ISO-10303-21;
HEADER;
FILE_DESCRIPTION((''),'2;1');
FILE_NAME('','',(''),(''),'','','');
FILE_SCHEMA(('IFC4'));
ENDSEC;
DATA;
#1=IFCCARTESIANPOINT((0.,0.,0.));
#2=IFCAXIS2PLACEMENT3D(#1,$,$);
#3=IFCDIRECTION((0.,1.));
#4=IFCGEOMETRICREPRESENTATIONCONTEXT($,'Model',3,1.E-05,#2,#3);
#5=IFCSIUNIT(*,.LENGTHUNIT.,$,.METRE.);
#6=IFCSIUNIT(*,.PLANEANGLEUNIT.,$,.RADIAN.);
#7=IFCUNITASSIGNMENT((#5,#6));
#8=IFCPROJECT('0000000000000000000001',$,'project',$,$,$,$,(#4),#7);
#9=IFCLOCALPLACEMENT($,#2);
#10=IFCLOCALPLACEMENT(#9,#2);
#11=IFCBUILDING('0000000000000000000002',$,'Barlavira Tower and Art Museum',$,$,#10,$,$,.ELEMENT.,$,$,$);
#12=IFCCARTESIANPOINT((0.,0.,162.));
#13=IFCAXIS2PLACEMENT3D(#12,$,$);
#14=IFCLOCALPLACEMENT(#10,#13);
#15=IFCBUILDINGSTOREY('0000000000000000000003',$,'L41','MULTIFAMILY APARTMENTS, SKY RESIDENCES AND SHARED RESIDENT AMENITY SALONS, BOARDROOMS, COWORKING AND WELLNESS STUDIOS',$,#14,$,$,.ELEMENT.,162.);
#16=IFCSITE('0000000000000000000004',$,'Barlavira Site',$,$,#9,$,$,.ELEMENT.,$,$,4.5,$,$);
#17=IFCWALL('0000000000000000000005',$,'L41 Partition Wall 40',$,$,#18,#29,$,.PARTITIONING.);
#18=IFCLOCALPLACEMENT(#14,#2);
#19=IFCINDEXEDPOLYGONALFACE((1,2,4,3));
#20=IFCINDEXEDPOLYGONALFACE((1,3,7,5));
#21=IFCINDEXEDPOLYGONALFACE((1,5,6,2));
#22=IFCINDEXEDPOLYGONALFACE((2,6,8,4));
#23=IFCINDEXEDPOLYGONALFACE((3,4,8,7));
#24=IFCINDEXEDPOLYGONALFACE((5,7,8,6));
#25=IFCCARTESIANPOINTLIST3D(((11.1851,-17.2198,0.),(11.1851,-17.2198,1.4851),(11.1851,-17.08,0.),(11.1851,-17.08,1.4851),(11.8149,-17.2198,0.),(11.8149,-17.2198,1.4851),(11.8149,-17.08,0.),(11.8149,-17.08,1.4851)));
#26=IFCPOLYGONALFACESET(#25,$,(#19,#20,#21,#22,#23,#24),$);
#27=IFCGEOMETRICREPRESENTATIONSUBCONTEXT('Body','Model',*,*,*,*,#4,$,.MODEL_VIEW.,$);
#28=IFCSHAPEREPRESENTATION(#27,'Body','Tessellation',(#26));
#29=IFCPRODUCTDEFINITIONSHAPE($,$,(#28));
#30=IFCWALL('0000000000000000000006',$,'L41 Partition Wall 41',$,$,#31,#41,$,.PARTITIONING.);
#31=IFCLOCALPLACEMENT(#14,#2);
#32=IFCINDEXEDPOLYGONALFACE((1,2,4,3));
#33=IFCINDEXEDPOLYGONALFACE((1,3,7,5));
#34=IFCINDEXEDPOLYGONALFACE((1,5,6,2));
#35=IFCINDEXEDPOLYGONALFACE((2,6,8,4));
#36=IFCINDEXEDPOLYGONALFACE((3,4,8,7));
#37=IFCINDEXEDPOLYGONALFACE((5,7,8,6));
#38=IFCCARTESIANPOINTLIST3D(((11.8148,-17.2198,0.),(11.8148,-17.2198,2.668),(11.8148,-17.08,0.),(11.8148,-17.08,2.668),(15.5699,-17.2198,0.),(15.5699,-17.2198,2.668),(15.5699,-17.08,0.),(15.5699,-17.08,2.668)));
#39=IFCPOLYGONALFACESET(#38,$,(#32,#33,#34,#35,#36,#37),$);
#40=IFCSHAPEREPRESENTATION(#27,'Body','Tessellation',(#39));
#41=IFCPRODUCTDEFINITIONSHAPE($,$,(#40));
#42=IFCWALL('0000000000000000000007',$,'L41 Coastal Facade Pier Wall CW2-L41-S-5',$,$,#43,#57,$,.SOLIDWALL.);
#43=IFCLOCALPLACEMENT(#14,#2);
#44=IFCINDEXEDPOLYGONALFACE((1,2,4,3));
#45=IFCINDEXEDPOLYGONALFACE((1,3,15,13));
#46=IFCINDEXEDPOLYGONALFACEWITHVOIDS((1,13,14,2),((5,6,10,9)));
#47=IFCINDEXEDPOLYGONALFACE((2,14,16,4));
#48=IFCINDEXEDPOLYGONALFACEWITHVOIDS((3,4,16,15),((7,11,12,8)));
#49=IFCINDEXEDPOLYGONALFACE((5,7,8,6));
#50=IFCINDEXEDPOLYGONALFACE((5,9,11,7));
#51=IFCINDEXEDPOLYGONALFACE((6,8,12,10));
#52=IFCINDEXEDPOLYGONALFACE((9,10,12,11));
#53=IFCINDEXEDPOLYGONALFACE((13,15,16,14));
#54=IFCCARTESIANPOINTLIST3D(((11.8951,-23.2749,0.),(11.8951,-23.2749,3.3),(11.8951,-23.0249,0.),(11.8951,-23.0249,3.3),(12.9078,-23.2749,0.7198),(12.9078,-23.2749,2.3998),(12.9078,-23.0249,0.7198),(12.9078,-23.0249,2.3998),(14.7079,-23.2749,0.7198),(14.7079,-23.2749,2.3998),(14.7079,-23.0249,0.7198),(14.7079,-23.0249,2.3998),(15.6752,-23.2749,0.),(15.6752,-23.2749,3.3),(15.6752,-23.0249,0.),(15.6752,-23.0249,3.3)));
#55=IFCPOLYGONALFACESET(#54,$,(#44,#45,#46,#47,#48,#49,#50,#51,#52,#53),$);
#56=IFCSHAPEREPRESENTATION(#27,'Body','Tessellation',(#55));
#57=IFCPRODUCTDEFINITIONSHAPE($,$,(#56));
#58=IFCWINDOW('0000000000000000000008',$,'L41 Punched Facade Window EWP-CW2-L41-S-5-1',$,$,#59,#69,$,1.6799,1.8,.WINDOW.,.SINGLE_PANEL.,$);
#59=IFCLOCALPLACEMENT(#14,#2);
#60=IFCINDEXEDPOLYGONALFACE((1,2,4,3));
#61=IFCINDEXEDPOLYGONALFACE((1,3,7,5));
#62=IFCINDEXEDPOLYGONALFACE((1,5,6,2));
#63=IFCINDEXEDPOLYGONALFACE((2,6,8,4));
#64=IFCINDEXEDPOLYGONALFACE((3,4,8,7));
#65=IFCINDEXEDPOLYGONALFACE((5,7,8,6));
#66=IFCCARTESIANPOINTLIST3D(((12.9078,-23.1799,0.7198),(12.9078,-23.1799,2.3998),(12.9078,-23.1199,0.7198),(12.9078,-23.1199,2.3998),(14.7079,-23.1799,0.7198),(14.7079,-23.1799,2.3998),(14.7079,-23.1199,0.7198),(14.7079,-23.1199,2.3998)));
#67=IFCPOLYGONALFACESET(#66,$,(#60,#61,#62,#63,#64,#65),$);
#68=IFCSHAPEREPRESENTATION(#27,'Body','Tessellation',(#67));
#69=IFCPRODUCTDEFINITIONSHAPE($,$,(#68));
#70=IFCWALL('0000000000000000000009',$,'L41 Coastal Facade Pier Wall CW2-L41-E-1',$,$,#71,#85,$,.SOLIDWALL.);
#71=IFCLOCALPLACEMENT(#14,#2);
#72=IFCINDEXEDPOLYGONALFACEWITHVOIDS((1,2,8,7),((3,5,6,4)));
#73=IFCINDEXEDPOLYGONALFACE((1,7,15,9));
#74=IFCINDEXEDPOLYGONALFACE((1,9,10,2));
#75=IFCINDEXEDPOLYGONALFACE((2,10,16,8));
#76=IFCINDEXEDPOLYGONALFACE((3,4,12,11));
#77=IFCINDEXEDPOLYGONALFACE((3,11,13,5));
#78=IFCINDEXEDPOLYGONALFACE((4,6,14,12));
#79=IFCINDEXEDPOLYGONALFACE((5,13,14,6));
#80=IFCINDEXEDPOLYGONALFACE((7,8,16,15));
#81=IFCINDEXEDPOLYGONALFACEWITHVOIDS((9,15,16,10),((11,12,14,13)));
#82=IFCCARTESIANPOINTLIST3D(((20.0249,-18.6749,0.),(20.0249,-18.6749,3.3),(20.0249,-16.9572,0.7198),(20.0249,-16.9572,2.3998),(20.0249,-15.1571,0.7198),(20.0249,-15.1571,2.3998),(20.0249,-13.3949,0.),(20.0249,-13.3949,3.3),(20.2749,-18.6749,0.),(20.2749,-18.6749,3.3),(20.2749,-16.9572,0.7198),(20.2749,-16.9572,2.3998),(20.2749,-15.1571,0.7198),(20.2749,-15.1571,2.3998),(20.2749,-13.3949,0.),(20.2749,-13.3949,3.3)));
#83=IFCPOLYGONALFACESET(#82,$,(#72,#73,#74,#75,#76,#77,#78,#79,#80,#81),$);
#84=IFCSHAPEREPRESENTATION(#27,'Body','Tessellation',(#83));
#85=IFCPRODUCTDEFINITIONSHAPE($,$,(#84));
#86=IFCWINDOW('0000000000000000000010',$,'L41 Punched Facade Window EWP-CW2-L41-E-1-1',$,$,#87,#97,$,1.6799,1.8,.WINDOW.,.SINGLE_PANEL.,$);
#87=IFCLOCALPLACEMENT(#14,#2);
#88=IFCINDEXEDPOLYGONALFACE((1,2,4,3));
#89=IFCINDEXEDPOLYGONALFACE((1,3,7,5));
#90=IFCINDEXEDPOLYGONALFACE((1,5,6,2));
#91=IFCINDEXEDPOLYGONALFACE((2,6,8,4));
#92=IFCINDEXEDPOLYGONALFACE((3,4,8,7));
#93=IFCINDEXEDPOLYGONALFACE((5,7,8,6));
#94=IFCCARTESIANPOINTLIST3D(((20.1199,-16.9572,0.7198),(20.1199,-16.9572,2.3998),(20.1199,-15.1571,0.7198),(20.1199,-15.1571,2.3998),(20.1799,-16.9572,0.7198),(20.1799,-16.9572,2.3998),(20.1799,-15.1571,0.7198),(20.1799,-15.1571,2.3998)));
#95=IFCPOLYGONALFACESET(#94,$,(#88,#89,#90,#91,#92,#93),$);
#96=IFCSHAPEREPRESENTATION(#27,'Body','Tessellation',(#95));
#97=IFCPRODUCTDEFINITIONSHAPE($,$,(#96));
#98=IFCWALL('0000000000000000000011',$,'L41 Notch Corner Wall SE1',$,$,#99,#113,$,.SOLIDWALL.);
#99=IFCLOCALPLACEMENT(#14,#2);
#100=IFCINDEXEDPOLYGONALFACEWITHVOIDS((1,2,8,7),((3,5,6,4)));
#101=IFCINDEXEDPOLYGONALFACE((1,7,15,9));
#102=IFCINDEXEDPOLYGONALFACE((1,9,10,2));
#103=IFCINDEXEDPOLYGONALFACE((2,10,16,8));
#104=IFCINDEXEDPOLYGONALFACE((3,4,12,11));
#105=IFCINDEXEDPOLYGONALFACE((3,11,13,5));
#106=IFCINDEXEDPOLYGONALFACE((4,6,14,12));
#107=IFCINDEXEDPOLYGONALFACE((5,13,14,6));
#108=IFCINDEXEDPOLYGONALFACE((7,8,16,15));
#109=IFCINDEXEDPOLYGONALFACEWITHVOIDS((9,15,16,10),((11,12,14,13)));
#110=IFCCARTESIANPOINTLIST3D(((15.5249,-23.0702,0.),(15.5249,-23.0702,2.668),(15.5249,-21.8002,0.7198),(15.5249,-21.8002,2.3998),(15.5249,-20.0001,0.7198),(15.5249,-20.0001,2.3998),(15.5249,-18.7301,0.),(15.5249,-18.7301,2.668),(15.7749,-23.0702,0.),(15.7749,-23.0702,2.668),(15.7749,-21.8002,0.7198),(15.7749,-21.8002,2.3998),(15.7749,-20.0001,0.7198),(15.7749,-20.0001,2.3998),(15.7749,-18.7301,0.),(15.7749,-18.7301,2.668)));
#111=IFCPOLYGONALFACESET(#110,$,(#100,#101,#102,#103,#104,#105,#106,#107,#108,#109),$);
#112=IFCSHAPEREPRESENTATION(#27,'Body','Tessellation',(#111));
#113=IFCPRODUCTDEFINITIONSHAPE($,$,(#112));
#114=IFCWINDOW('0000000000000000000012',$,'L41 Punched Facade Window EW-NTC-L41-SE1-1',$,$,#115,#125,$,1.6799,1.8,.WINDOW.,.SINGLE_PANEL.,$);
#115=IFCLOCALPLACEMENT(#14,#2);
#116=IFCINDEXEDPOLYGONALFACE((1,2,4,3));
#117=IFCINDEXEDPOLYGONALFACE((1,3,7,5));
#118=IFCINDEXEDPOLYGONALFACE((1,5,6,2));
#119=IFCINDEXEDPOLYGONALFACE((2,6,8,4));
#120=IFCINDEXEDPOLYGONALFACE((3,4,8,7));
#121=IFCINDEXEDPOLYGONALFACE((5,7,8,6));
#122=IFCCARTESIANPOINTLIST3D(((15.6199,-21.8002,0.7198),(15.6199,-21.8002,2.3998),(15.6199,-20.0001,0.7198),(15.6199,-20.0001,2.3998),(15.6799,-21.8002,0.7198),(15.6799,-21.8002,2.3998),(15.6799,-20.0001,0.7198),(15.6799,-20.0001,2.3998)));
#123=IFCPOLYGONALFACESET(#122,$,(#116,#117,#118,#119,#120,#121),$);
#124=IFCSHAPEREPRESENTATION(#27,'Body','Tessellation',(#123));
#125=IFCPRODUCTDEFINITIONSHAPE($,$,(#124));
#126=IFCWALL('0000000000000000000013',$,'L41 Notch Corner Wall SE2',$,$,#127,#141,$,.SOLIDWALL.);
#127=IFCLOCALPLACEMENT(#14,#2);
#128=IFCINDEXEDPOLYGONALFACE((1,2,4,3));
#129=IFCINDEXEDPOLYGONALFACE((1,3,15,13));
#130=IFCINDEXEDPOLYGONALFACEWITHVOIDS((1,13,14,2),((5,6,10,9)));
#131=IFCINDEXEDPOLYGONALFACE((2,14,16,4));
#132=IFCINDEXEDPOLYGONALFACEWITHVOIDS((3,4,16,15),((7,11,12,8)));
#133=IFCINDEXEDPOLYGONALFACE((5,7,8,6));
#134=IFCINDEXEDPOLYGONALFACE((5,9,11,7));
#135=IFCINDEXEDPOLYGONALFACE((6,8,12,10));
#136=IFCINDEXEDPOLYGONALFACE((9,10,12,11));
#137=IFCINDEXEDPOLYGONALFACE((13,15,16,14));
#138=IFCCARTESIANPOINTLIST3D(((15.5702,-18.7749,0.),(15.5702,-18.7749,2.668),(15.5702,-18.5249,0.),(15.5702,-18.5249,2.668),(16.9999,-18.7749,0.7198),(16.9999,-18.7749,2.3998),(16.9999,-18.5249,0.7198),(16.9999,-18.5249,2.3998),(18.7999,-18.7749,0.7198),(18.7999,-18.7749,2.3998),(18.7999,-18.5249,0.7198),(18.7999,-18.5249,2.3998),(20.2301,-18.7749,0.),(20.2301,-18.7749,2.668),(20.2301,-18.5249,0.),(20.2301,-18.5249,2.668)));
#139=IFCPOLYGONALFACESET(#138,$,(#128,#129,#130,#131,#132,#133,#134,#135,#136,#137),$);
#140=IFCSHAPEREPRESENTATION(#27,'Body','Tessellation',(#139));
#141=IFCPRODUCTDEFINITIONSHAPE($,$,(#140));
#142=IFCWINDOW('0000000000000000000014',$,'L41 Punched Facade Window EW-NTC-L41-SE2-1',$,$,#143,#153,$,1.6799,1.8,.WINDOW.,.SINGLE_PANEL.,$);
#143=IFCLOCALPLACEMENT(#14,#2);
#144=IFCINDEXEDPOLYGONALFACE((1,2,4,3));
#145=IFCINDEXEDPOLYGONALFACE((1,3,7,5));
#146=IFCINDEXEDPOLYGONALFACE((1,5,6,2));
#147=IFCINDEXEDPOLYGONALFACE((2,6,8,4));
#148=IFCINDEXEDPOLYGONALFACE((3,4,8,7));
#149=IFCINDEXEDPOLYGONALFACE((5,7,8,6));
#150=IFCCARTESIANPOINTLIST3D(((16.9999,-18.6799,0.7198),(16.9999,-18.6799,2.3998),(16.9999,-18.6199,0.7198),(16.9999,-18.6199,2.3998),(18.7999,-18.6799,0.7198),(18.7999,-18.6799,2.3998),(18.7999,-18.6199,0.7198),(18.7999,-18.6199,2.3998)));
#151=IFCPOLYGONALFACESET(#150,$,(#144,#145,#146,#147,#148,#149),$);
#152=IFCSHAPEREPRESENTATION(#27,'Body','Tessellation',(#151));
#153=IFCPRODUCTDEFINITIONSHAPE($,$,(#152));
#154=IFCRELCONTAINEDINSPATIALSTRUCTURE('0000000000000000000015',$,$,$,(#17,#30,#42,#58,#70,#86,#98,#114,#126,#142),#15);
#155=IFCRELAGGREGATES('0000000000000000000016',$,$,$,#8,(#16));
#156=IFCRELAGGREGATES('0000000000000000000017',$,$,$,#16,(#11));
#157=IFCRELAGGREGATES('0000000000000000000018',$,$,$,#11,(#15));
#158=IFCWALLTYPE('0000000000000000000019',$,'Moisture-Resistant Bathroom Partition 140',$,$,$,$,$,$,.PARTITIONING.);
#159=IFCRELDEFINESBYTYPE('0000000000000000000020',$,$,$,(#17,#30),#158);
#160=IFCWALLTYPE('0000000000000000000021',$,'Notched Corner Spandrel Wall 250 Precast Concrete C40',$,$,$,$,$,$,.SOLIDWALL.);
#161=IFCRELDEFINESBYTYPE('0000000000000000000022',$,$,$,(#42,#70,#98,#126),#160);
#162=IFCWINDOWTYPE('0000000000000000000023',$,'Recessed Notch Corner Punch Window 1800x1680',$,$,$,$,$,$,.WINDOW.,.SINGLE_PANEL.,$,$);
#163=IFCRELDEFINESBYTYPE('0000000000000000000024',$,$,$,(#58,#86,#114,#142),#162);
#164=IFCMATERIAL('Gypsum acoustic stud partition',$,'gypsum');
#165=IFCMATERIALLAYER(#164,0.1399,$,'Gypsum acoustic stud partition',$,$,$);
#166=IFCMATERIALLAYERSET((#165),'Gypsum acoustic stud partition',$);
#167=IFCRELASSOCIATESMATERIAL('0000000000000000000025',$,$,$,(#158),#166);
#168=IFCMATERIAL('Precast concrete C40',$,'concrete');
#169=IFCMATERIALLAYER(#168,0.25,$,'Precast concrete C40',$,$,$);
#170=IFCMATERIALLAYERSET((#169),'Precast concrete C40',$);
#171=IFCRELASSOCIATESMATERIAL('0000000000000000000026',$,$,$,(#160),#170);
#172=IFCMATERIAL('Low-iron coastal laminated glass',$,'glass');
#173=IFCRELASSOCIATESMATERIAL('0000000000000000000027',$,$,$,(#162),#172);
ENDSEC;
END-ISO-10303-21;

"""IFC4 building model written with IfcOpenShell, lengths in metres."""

from ifc_helpers import new_model, si_unit, direction, frame, frame_2d, origin, place, context, subcontext, project, spatial, rectangle, extrude, material, layer, layer_set, type_object, element, fill, save


model = new_model("IFC4")

# Units and contexts
model_context = context("Model", 3, precision=1e-05, world=origin(), true_north=direction((0.0, 1.0)))
body_context = subcontext(model_context, "Body", "Model", "MODEL_VIEW")
ifc_project = project(units=[si_unit("LENGTHUNIT", "METRE"), si_unit("PLANEANGLEUNIT", "RADIAN")], contexts=[model_context])

# Site, building, storey
site_placement = place(None, origin())
site = spatial("IfcSite", under=ifc_project, at=site_placement, Name="Barlavira Site", CompositionType="ELEMENT", RefElevation=4.5)
building_placement = place(site_placement, origin())
building = spatial("IfcBuilding", under=site, at=building_placement, Name="Barlavira Tower and Art Museum", CompositionType="ELEMENT")
storey_placement = place(building_placement, frame((0.0, 0.0, 162.0)))
storey = spatial("IfcBuildingStorey", under=building, at=storey_placement, Name="L41", Description="MULTIFAMILY APARTMENTS, SKY RESIDENCES AND SHARED RESIDENT AMENITY SALONS, BOARDROOMS, COWORKING AND WELLNESS STUDIOS", CompositionType="ELEMENT", Elevation=162.0)

# Walls
ifc_material_1 = material(Name="Gypsum acoustic stud partition", Category="gypsum")
ifc_layer_1 = layer(ifc_material_1, 0.1399, Name="Gypsum acoustic stud partition")
ifc_layer_set_1 = layer_set([ifc_layer_1], Name="Gypsum acoustic stud partition")
wall_type_1 = type_object("IfcWallType", Name="Moisture-Resistant Bathroom Partition 140", PredefinedType="PARTITIONING", material=ifc_layer_set_1)
wall_1_placement = place(storey_placement, frame((11.1851, -17.1499, 0.0), z_axis=(0.0, 0.0, 1.0), x_axis=(1.0, 0.0, 0.0)))
element("IfcWall", 1, at=wall_1_placement, inside=storey, type_object=wall_type_1, Name="L41 Partition Wall 40", PredefinedType="PARTITIONING", context=body_context, shape_type="SweptSolid", body=[
    extrude(rectangle(XDim=0.6299, YDim=0.1399, at=frame_2d((0.3149, 0.0))), origin(), (0.0, 0.0, 1.0), 1.4851),
])
wall_2_placement = place(storey_placement, frame((11.8149, -17.1499, 0.0), z_axis=(0.0, 0.0, 1.0), x_axis=(1.0, 0.0, 0.0)))
element("IfcWall", 2, at=wall_2_placement, inside=storey, type_object=wall_type_1, Name="L41 Partition Wall 41", PredefinedType="PARTITIONING", context=body_context, shape_type="SweptSolid", body=[
    extrude(rectangle(XDim=3.7551, YDim=0.1399, at=frame_2d((1.8774, 0.0))), origin(), (0.0, 0.0, 1.0), 2.668),
])

# Walls, openings, windows
ifc_material_2 = material(Name="Precast concrete C40", Category="concrete")
ifc_layer_2 = layer(ifc_material_2, 0.25, Name="Precast concrete C40")
ifc_layer_set_2 = layer_set([ifc_layer_2], Name="Precast concrete C40")
wall_type_2 = type_object("IfcWallType", Name="Notched Corner Spandrel Wall 250 Precast Concrete C40", PredefinedType="SOLIDWALL", material=ifc_layer_set_2)
wall_3_placement = place(storey_placement, frame((11.895, -23.1499, 0.0), z_axis=(0.0, 0.0, 1.0), x_axis=(1.0, 0.0, 0.0)))
wall_3 = element("IfcWall", 3, at=wall_3_placement, inside=storey, type_object=wall_type_2, Name="L41 Coastal Facade Pier Wall CW2-L41-S-5", PredefinedType="SOLIDWALL", context=body_context, shape_type="SweptSolid", body=[
    extrude(rectangle(XDim=3.78, YDim=0.25, at=frame_2d((1.8901, 0.0))), origin(), (0.0, 0.0, 1.0), 3.3),
])
opening_1_placement = place(wall_3_placement, frame((1.0129, 0.0, 0.72)))
opening_1 = element("IfcOpeningElement", 4, at=opening_1_placement, cuts=wall_3, PredefinedType="OPENING", context=body_context, shape_type="SweptSolid", body=[
    extrude(rectangle(XDim=1.8, YDim=1.6799, at=frame_2d((0.8999, 0.8398))), frame((0.0, 0.135, 0.0), z_axis=(0.0, -1.0, 0.0), x_axis=(1.0, 0.0, 0.0)), (0.0, 0.0, 1.0), 0.27),
])
ifc_material_3 = material(Name="Low-iron coastal laminated glass", Category="glass")
window_type = type_object("IfcWindowType", Name="Recessed Notch Corner Punch Window 1800x1680", PartitioningType="SINGLE_PANEL", PredefinedType="WINDOW", material=ifc_material_3)
window_1_placement = place(opening_1_placement, origin())
window_1 = element("IfcWindow", 5, at=window_1_placement, inside=storey, type_object=window_type, Name="L41 Punched Facade Window EWP-CW2-L41-S-5-1", OverallHeight=1.6799, OverallWidth=1.8, PartitioningType="SINGLE_PANEL", PredefinedType="WINDOW", context=body_context, shape_type="SweptSolid", body=[
    extrude(rectangle(XDim=1.8, YDim=1.6799, at=frame_2d((0.8999, 0.8398))), frame((0.0, 0.03, 0.0), z_axis=(0.0, -1.0, 0.0), x_axis=(1.0, 0.0, 0.0)), (0.0, 0.0, 1.0), 0.0601),
])
fill(opening_1, window_1)
wall_4_placement = place(storey_placement, frame((20.1499, -18.675, 0.0), z_axis=(0.0, 0.0, 1.0), x_axis=(0.0, 1.0, 0.0)))
wall_4 = element("IfcWall", 6, at=wall_4_placement, inside=storey, type_object=wall_type_2, Name="L41 Coastal Facade Pier Wall CW2-L41-E-1", PredefinedType="SOLIDWALL", context=body_context, shape_type="SweptSolid", body=[
    extrude(rectangle(XDim=5.28, YDim=0.25, at=frame_2d((2.6401, 0.0))), origin(), (0.0, 0.0, 1.0), 3.3),
])
opening_2_placement = place(wall_4_placement, frame((1.718, 0.0, 0.72)))
opening_2 = element("IfcOpeningElement", 7, at=opening_2_placement, cuts=wall_4, PredefinedType="OPENING", context=body_context, shape_type="SweptSolid", body=[
    extrude(rectangle(XDim=1.8, YDim=1.6799, at=frame_2d((0.8999, 0.8398))), frame((0.0, 0.135, 0.0), z_axis=(0.0, -1.0, 0.0), x_axis=(1.0, 0.0, 0.0)), (0.0, 0.0, 1.0), 0.27),
])
window_2_placement = place(opening_2_placement, origin())
window_2 = element("IfcWindow", 8, at=window_2_placement, inside=storey, type_object=window_type, Name="L41 Punched Facade Window EWP-CW2-L41-E-1-1", OverallHeight=1.6799, OverallWidth=1.8, PartitioningType="SINGLE_PANEL", PredefinedType="WINDOW", context=body_context, shape_type="SweptSolid", body=[
    extrude(rectangle(XDim=1.8, YDim=1.6799, at=frame_2d((0.8999, 0.8398))), frame((0.0, 0.03, 0.0), z_axis=(0.0, -1.0, 0.0), x_axis=(1.0, 0.0, 0.0)), (0.0, 0.0, 1.0), 0.0601),
])
fill(opening_2, window_2)
wall_5_placement = place(storey_placement, frame((15.6499, -23.0701, 0.0), z_axis=(0.0, 0.0, 1.0), x_axis=(0.0, 1.0, 0.0)))
wall_5 = element("IfcWall", 9, at=wall_5_placement, inside=storey, type_object=wall_type_2, Name="L41 Notch Corner Wall SE1", PredefinedType="SOLIDWALL", context=body_context, shape_type="SweptSolid", body=[
    extrude(rectangle(XDim=4.3401, YDim=0.25, at=frame_2d((2.1699, 0.0))), origin(), (0.0, 0.0, 1.0), 2.668),
])
opening_3_placement = place(wall_5_placement, frame((1.27, 0.0, 0.72)))
opening_3 = element("IfcOpeningElement", 10, at=opening_3_placement, cuts=wall_5, PredefinedType="OPENING", context=body_context, shape_type="SweptSolid", body=[
    extrude(rectangle(XDim=1.8, YDim=1.6799, at=frame_2d((0.8999, 0.8398))), frame((0.0, 0.135, 0.0), z_axis=(0.0, -1.0, 0.0), x_axis=(1.0, 0.0, 0.0)), (0.0, 0.0, 1.0), 0.27),
])
window_3_placement = place(opening_3_placement, origin())
window_3 = element("IfcWindow", 11, at=window_3_placement, inside=storey, type_object=window_type, Name="L41 Punched Facade Window EW-NTC-L41-SE1-1", OverallHeight=1.6799, OverallWidth=1.8, PartitioningType="SINGLE_PANEL", PredefinedType="WINDOW", context=body_context, shape_type="SweptSolid", body=[
    extrude(rectangle(XDim=1.8, YDim=1.6799, at=frame_2d((0.8999, 0.8398))), frame((0.0, 0.03, 0.0), z_axis=(0.0, -1.0, 0.0), x_axis=(1.0, 0.0, 0.0)), (0.0, 0.0, 1.0), 0.0601),
])
fill(opening_3, window_3)
wall_6_placement = place(storey_placement, frame((15.5701, -18.6499, 0.0), z_axis=(0.0, 0.0, 1.0), x_axis=(1.0, 0.0, 0.0)))
wall_6 = element("IfcWall", 12, at=wall_6_placement, inside=storey, type_object=wall_type_2, Name="L41 Notch Corner Wall SE2", PredefinedType="SOLIDWALL", context=body_context, shape_type="SweptSolid", body=[
    extrude(rectangle(XDim=4.6599, YDim=0.25, at=frame_2d((2.3301, 0.0))), origin(), (0.0, 0.0, 1.0), 2.668),
])
opening_4_placement = place(wall_6_placement, frame((1.4299, 0.0, 0.72)))
opening_4 = element("IfcOpeningElement", 13, at=opening_4_placement, cuts=wall_6, PredefinedType="OPENING", context=body_context, shape_type="SweptSolid", body=[
    extrude(rectangle(XDim=1.8, YDim=1.6799, at=frame_2d((0.8999, 0.8398))), frame((0.0, 0.135, 0.0), z_axis=(0.0, -1.0, 0.0), x_axis=(1.0, 0.0, 0.0)), (0.0, 0.0, 1.0), 0.27),
])
window_4_placement = place(opening_4_placement, origin())
window_4 = element("IfcWindow", 14, at=window_4_placement, inside=storey, type_object=window_type, Name="L41 Punched Facade Window EW-NTC-L41-SE2-1", OverallHeight=1.6799, OverallWidth=1.8, PartitioningType="SINGLE_PANEL", PredefinedType="WINDOW", context=body_context, shape_type="SweptSolid", body=[
    extrude(rectangle(XDim=1.8, YDim=1.6799, at=frame_2d((0.8999, 0.8398))), frame((0.0, 0.03, 0.0), z_axis=(0.0, -1.0, 0.0), x_axis=(1.0, 0.0, 0.0)), (0.0, 0.0, 1.0), 0.0601),
])
fill(opening_4, window_4)

save(model, "model.ifc")
